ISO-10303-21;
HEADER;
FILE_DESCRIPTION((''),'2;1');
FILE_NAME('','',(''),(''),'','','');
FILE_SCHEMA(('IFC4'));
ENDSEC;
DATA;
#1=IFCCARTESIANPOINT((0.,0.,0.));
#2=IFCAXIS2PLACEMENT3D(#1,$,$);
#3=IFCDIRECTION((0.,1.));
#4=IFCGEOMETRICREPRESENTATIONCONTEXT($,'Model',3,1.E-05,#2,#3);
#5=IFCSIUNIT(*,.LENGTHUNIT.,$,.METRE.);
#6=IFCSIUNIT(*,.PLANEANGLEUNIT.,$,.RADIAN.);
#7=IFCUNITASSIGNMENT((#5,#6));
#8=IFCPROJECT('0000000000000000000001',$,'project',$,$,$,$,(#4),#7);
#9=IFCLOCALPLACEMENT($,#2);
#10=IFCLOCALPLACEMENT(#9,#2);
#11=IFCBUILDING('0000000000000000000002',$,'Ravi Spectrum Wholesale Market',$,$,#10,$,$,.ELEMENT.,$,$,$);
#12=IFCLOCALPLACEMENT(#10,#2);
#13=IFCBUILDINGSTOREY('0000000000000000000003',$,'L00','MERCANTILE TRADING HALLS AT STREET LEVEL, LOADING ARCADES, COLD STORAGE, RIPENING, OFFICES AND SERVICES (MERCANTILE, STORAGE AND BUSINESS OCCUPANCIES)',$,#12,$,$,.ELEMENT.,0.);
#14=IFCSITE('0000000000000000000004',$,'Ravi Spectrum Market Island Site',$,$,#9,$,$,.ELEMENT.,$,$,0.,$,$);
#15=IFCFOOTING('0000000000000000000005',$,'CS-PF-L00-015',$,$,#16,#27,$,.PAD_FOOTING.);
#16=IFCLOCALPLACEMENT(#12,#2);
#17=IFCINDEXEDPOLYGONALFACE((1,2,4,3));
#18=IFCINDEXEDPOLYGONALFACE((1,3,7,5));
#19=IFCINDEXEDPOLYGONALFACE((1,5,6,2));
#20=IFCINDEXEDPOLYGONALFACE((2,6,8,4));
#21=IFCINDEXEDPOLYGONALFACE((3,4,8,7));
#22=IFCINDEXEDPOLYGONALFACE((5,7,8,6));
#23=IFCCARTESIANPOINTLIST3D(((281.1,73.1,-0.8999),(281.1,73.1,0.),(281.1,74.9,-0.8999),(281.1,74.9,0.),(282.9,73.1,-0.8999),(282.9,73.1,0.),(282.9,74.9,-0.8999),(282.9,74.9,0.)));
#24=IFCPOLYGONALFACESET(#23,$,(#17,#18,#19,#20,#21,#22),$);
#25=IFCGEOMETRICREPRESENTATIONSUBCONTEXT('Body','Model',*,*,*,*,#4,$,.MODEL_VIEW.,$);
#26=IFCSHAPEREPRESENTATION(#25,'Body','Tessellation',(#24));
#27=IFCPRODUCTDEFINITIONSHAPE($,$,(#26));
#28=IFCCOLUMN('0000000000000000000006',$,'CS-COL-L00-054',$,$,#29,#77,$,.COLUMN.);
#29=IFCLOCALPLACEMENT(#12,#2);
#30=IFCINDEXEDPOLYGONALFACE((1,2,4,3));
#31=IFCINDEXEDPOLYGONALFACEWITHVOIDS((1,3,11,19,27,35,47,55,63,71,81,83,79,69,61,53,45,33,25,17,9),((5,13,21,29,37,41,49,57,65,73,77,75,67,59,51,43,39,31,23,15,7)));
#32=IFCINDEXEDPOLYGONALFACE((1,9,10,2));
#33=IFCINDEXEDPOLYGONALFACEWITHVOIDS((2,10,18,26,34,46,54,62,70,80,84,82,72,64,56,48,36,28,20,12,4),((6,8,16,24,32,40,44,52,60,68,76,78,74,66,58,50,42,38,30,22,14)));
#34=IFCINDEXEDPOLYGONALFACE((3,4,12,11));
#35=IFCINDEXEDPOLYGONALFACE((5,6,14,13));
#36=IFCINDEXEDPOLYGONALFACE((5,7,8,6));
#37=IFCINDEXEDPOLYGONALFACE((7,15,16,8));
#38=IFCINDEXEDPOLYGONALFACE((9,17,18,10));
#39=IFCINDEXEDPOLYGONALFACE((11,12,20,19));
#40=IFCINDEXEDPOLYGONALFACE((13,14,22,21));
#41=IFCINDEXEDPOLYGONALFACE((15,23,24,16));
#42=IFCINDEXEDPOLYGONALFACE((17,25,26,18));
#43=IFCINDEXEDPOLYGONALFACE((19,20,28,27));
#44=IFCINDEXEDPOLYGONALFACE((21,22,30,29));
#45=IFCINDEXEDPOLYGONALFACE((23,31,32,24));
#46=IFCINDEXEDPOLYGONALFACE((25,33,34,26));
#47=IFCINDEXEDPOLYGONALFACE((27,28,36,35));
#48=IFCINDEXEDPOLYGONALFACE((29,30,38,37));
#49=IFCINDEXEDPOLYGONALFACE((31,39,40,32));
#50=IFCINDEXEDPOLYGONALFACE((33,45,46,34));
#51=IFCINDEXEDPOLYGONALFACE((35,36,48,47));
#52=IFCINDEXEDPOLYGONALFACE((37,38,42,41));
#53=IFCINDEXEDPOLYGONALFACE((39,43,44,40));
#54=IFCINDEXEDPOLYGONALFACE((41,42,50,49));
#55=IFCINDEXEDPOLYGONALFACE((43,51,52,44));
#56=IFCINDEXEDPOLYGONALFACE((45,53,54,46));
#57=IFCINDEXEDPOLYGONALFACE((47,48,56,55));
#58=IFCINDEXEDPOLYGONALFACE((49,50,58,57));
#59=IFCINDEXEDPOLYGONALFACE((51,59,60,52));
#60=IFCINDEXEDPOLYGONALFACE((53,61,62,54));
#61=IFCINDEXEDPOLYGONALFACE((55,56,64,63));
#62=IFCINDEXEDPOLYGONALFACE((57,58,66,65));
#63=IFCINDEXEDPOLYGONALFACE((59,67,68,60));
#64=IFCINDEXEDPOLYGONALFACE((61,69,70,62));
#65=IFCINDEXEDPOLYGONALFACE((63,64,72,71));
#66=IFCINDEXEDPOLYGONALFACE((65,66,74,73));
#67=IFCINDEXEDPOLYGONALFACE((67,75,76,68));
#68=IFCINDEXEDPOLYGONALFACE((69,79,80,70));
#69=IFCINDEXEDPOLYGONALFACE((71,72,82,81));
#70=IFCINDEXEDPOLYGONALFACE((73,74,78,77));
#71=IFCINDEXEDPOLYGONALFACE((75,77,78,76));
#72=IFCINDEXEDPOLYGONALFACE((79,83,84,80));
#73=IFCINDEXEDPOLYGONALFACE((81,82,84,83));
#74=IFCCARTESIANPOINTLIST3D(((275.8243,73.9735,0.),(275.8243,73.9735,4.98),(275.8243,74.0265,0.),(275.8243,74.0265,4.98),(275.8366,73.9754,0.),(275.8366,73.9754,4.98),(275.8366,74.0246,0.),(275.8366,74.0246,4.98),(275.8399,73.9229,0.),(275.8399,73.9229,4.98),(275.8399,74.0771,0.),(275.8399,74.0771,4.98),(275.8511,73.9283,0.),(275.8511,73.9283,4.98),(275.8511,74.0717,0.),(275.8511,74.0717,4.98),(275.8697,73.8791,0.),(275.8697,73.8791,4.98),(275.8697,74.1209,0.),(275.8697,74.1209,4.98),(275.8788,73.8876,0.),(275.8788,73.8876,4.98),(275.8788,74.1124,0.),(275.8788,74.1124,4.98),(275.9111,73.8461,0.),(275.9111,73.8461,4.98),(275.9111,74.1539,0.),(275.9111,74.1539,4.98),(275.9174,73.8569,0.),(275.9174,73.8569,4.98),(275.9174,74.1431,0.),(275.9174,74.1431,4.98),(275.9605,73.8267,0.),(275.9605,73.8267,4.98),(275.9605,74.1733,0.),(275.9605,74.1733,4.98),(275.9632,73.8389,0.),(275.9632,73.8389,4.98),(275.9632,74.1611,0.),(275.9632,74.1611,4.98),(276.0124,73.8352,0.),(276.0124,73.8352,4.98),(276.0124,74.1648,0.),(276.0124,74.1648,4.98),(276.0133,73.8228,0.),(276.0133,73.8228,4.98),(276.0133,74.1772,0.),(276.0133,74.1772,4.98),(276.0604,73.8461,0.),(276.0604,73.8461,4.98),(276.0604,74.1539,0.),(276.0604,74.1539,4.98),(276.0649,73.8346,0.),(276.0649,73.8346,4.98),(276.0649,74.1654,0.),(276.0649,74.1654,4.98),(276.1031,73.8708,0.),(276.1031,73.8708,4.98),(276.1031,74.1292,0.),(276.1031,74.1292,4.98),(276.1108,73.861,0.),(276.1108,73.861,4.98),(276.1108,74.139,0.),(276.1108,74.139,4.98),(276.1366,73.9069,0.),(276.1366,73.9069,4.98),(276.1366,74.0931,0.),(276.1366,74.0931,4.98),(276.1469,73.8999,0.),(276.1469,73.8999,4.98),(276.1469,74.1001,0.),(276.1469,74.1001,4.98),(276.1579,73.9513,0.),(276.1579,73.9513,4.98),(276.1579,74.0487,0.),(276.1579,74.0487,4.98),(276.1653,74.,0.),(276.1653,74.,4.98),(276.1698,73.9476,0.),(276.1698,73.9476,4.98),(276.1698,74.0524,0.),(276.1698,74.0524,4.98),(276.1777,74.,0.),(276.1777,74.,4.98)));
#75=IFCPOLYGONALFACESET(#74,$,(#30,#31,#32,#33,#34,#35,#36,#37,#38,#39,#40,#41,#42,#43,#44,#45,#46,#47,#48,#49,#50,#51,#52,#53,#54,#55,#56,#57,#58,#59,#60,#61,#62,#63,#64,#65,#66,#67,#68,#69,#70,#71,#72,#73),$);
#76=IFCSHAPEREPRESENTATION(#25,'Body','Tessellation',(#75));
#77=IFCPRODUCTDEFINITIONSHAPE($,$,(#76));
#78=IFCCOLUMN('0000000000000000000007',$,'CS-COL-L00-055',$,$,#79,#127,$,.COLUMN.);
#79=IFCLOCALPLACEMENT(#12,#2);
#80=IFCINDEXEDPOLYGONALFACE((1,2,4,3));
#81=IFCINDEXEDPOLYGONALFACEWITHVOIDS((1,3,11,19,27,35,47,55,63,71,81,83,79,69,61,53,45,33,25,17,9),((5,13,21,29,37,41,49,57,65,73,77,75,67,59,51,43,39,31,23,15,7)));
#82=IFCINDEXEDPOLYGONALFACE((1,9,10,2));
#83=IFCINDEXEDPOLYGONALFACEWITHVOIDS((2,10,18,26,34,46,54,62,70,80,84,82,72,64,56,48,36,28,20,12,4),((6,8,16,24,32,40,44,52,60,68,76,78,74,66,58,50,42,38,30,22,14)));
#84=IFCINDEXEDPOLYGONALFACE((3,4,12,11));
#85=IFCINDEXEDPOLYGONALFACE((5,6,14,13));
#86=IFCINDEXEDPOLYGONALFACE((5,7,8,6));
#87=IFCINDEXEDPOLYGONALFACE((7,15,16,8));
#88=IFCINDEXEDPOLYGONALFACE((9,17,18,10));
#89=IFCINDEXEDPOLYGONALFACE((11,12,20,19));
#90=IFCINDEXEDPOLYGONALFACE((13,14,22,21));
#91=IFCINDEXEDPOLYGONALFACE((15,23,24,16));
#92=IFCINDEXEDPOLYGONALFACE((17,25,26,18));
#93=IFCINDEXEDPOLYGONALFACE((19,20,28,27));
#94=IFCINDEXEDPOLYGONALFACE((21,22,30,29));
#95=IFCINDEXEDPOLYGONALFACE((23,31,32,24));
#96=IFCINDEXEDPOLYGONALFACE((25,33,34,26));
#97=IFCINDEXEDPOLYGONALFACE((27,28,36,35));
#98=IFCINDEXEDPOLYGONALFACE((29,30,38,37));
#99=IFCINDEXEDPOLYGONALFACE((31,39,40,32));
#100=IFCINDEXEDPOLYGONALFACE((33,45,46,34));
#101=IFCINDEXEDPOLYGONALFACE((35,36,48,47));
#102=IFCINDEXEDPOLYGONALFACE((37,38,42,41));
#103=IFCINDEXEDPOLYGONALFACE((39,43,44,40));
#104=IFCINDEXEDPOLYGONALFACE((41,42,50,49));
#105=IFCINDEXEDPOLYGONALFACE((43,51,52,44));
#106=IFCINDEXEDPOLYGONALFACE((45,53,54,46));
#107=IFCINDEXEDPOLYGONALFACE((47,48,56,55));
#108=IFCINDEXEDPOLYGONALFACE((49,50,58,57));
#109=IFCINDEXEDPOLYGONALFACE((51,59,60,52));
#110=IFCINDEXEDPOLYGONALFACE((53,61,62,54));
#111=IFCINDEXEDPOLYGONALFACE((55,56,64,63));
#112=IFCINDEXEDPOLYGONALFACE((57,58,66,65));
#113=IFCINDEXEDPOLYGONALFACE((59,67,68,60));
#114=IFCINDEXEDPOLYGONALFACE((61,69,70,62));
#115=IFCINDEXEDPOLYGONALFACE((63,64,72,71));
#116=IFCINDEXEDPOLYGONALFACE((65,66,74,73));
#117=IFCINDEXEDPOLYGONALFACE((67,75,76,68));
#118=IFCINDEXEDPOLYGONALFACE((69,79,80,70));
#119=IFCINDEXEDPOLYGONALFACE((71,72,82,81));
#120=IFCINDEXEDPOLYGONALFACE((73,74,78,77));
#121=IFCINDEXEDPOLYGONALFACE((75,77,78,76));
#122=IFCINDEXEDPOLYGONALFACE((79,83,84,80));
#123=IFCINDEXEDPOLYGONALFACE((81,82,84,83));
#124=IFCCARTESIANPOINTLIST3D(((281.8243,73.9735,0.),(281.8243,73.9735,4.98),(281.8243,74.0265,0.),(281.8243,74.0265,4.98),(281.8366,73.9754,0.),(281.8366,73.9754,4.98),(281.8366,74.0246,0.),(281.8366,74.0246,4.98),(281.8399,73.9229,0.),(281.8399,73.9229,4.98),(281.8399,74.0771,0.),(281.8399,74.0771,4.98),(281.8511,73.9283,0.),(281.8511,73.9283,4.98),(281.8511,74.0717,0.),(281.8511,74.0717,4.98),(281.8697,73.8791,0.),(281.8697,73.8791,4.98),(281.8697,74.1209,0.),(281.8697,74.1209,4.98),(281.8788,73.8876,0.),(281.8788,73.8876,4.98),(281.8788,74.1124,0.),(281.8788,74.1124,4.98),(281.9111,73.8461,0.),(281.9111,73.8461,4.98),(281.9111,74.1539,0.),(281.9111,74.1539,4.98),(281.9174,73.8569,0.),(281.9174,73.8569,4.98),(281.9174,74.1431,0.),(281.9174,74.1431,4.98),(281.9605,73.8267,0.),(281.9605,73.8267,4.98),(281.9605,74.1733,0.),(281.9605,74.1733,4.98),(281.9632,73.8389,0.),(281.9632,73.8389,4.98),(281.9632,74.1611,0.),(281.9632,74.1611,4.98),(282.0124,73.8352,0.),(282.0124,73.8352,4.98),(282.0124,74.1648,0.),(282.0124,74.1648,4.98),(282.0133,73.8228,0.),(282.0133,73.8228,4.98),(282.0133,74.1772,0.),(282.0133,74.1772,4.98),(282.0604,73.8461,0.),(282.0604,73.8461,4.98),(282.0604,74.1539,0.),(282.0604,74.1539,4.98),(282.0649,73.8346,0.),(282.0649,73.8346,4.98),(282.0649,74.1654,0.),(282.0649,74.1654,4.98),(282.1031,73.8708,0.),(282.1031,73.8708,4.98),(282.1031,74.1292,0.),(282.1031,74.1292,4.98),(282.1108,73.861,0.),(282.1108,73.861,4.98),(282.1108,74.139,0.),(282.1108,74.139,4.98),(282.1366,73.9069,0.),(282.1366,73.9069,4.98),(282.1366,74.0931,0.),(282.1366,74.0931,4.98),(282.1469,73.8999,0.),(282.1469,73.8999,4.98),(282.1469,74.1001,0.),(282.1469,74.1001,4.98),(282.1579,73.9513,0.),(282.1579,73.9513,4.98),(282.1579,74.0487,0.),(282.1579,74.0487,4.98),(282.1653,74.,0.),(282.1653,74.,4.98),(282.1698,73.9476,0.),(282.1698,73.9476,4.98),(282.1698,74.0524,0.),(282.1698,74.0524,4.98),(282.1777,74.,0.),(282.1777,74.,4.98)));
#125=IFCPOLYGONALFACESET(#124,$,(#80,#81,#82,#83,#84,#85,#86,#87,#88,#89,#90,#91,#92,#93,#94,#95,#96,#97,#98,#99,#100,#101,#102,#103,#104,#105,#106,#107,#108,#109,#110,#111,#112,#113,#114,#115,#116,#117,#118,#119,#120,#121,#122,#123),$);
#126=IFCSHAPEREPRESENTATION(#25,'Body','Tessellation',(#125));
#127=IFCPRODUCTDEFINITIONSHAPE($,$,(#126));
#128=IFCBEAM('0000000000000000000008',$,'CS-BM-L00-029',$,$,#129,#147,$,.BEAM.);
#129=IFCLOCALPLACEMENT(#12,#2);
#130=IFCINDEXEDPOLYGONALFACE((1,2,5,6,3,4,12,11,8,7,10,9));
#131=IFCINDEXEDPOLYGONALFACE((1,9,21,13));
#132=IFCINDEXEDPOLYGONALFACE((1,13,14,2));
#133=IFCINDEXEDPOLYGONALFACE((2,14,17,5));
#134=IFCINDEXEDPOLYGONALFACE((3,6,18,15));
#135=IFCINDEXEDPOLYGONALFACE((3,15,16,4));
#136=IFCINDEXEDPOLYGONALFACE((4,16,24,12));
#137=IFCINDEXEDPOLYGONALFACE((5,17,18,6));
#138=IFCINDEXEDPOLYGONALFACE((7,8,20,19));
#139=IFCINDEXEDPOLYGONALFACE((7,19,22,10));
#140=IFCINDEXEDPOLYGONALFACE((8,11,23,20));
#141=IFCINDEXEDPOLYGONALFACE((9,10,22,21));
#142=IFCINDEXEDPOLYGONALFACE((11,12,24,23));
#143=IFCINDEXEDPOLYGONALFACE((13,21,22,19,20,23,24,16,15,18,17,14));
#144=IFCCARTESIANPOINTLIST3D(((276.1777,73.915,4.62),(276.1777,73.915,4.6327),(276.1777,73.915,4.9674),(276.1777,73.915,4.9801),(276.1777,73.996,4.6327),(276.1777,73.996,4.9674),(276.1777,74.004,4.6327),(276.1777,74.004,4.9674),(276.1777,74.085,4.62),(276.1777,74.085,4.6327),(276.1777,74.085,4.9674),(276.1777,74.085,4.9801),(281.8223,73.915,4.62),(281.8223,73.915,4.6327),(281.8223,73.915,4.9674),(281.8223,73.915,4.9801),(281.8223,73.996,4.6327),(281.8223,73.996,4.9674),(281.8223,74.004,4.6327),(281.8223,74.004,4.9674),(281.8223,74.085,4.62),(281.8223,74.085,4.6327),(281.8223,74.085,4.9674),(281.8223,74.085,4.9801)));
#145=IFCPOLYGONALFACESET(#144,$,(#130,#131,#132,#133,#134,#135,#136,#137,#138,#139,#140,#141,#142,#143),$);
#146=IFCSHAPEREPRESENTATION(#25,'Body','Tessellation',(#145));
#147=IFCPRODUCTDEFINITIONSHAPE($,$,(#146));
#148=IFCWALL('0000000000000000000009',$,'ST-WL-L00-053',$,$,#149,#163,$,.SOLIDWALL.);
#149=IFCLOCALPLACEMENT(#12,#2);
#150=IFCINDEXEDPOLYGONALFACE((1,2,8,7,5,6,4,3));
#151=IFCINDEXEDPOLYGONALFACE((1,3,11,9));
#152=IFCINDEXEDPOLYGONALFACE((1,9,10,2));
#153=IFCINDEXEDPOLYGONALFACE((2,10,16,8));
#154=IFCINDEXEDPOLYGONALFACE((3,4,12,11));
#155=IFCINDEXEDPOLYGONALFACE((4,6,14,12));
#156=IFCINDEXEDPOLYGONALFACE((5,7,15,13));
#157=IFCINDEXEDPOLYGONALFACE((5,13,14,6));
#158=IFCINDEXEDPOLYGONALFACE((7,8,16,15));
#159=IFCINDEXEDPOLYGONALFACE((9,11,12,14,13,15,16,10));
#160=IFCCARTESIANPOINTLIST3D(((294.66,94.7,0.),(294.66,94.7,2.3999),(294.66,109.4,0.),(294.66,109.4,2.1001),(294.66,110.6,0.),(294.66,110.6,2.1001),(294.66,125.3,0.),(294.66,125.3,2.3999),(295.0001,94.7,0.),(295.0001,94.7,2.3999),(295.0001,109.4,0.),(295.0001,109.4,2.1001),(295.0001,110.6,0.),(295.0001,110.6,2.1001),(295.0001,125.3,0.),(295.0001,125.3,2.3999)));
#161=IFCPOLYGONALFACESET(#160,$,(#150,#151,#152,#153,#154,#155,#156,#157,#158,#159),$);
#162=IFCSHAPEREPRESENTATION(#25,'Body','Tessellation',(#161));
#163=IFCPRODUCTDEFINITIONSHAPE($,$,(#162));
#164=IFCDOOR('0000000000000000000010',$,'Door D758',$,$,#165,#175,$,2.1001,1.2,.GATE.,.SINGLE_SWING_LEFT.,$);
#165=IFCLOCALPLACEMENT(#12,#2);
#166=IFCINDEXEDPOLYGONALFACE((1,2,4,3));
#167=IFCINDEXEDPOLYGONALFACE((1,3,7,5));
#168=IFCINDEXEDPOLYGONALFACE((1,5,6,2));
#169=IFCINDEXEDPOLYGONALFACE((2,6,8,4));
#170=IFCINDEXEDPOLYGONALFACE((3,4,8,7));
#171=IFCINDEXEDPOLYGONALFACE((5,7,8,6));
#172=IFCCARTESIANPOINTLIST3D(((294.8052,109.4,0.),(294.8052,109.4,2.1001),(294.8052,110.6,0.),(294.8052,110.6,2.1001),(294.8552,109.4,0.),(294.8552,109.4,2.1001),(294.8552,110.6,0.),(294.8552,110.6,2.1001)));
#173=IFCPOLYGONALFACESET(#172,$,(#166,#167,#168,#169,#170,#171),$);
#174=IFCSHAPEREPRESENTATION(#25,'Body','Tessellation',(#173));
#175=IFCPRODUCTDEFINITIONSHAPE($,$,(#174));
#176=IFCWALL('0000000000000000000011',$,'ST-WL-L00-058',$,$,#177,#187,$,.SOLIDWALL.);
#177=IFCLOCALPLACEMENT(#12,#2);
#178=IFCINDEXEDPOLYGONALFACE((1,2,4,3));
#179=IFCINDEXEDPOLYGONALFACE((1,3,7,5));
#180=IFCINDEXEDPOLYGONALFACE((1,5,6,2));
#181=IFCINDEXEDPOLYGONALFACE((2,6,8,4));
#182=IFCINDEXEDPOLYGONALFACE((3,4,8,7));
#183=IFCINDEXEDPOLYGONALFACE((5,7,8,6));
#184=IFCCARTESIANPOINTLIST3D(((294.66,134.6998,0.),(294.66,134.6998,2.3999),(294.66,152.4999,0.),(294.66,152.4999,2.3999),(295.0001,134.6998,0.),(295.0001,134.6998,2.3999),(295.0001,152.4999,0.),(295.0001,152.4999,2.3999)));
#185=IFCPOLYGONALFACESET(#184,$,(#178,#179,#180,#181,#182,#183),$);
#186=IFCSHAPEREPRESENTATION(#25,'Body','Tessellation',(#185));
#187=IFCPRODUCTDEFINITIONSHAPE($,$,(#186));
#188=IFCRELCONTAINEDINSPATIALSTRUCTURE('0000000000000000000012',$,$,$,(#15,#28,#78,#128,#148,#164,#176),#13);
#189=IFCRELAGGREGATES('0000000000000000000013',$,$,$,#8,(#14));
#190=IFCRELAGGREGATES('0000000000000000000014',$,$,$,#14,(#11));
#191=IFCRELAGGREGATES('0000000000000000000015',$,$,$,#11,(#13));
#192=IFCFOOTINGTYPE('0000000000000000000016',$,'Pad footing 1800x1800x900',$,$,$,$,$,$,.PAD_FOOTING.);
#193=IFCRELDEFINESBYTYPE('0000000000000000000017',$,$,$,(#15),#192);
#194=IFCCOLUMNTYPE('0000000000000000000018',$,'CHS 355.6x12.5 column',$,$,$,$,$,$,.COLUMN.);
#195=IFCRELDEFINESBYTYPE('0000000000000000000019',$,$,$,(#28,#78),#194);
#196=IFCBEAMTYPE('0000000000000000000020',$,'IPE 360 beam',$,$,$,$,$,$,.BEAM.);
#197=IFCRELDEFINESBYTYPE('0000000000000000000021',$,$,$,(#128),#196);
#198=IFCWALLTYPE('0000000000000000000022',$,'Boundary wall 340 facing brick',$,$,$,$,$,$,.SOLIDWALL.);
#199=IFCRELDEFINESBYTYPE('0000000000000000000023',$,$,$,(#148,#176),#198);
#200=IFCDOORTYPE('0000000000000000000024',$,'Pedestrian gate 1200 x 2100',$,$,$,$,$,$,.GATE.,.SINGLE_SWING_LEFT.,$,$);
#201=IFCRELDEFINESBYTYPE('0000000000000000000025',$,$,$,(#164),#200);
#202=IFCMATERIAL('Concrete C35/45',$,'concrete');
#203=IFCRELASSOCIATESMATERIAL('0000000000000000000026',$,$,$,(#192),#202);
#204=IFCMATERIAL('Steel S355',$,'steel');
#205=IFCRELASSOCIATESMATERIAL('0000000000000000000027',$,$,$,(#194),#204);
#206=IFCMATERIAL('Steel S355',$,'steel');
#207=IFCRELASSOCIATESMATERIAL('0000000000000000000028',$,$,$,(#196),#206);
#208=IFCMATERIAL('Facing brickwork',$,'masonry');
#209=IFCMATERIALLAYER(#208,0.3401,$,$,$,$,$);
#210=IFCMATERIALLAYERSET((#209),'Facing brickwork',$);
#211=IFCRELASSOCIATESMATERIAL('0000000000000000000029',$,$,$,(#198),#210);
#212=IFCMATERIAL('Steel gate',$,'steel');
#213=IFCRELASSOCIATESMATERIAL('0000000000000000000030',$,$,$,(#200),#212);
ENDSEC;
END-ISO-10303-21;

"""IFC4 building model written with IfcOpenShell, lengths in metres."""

from ifc_helpers import new_model, si_unit, direction, frame, frame_2d, origin, origin_2d, place, context, subcontext, project, spatial, rectangle, hollow_circle, i_section, extrude, material, layer, layer_set, material_profile, profile_set, type_object, element, fill, save


model = new_model("IFC4")

# Units and contexts
model_context = context("Model", 3, precision=1e-05, world=origin(), true_north=direction((0.0, 1.0)))
body_context = subcontext(model_context, "Body", "Model", "MODEL_VIEW")
ifc_project = project(units=[si_unit("LENGTHUNIT", "METRE"), si_unit("PLANEANGLEUNIT", "RADIAN")], contexts=[model_context])

# Site, building, storey
site_placement = place(None, origin())
site = spatial("IfcSite", under=ifc_project, at=site_placement, Name="Ravi Spectrum Market Island Site", CompositionType="ELEMENT", RefElevation=0.0)
building_placement = place(site_placement, origin())
building = spatial("IfcBuilding", under=site, at=building_placement, Name="Ravi Spectrum Wholesale Market", CompositionType="ELEMENT")
storey_placement = place(building_placement, origin())
storey = spatial("IfcBuildingStorey", under=building, at=storey_placement, Name="L00", Description="MERCANTILE TRADING HALLS AT STREET LEVEL, LOADING ARCADES, COLD STORAGE, RIPENING, OFFICES AND SERVICES (MERCANTILE, STORAGE AND BUSINESS OCCUPANCIES)", CompositionType="ELEMENT", Elevation=0.0)

# Footing
ifc_material_1 = material(Name="Concrete C35/45", Category="concrete")
footing_type = type_object("IfcFootingType", Name="Pad footing 1800x1800x900", PredefinedType="PAD_FOOTING", material=ifc_material_1)
footing_placement = place(storey_placement, frame((282.0, 74.0, -0.8999), z_axis=(0.0, 0.0, 1.0), x_axis=(1.0, 0.0, 0.0)))
element("IfcFooting", 1, at=footing_placement, inside=storey, type_object=footing_type, Name="CS-PF-L00-015", PredefinedType="PAD_FOOTING", context=body_context, shape_type="SweptSolid", body=[
    extrude(rectangle(XDim=1.8, YDim=1.8, at=origin_2d()), origin(), (0.0, 0.0, 1.0), 0.8999),
])

# Columns
ifc_material_2 = material(Name="Steel S355", Category="steel")
ifc_material_profile_1 = material_profile(ifc_material_2, hollow_circle(Radius=0.1777, WallThickness=0.0125, at=origin_2d()))
ifc_profile_set_1 = profile_set([ifc_material_profile_1], Name="Steel S355")
column_type = type_object("IfcColumnType", Name="CHS 355.6x12.5 column", PredefinedType="COLUMN", material=ifc_profile_set_1)
for number, where, z_axis, x_axis, name in (
    (2, (276.0, 74.0, 0.0), (0.0, 0.0, 1.0), (1.0, 0.0, 0.0), "CS-COL-L00-054"),
    (3, (282.0, 74.0, 0.0), (0.0, 0.0, 1.0), (1.0, 0.0, 0.0), "CS-COL-L00-055"),
):
    element("IfcColumn", number, at=place(storey_placement, frame(where, z_axis=z_axis, x_axis=x_axis)), inside=storey, type_object=column_type, Name=name, PredefinedType="COLUMN", context=body_context, shape_type="SweptSolid", body=[
        extrude(hollow_circle(Radius=0.1777, WallThickness=0.0125, at=origin_2d()), origin(), (0.0, 0.0, 1.0), 4.98),
    ])

# Beam
ifc_material_3 = material(Name="Steel S355", Category="steel")
ifc_material_profile_2 = material_profile(ifc_material_3, i_section(OverallWidth=0.1699, OverallDepth=0.3601, WebThickness=0.0081, FlangeThickness=0.0127, at=origin_2d()))
ifc_profile_set_2 = profile_set([ifc_material_profile_2], Name="Steel S355")
beam_type = type_object("IfcBeamType", Name="IPE 360 beam", PredefinedType="BEAM", material=ifc_profile_set_2)
beam_placement = place(storey_placement, frame((276.1777, 74.0, 4.8), z_axis=(1.0, 0.0, 0.0), x_axis=(0.0, 1.0, 0.0)))
element("IfcBeam", 4, at=beam_placement, inside=storey, type_object=beam_type, Name="CS-BM-L00-029", PredefinedType="BEAM", context=body_context, shape_type="SweptSolid", body=[
    extrude(i_section(OverallWidth=0.1699, OverallDepth=0.3601, WebThickness=0.0081, FlangeThickness=0.0127, at=origin_2d()), origin(), (0.0, 0.0, 1.0), 5.6445),
])

# Wall, opening, door
ifc_material_4 = material(Name="Facing brickwork", Category="masonry")
ifc_layer_1 = layer(ifc_material_4, 0.3401)
ifc_layer_set_1 = layer_set([ifc_layer_1], Name="Facing brickwork")
wall_type_1 = type_object("IfcWallType", Name="Boundary wall 340 facing brick", PredefinedType="SOLIDWALL", material=ifc_layer_set_1)
wall_1_placement = place(storey_placement, frame((294.8301, 94.7, 0.0), z_axis=(0.0, 0.0, 1.0), x_axis=(0.0, 1.0, 0.0)))
wall_1 = element("IfcWall", 5, at=wall_1_placement, inside=storey, type_object=wall_type_1, Name="ST-WL-L00-053", PredefinedType="SOLIDWALL", context=body_context, shape_type="SweptSolid", body=[
    extrude(rectangle(XDim=30.6001, YDim=0.3401, at=frame_2d((15.3, 0.0))), origin(), (0.0, 0.0, 1.0), 2.3999),
])
opening_1_placement = place(wall_1_placement, frame((14.7, 0.0, 0.0)))
opening_1 = element("IfcOpeningElement", 6, at=opening_1_placement, cuts=wall_1, PredefinedType="OPENING", context=body_context, shape_type="SweptSolid", body=[
    extrude(rectangle(XDim=1.2, YDim=2.1001, at=frame_2d((0.6001, 1.05))), frame((0.0, 0.1799, 0.0), z_axis=(0.0, -1.0, 0.0), x_axis=(1.0, 0.0, 0.0)), (0.0, 0.0, 1.0), 0.3601),
])
ifc_material_5 = material(Name="Steel gate", Category="steel")
door_type_1 = type_object("IfcDoorType", Name="Pedestrian gate 1200 x 2100", OperationType="SINGLE_SWING_LEFT", PredefinedType="GATE", material=ifc_material_5)
door_1_placement = place(opening_1_placement, origin())
door_1 = element("IfcDoor", 7, at=door_1_placement, inside=storey, type_object=door_type_1, Name="Door D758", OperationType="SINGLE_SWING_LEFT", OverallHeight=2.1001, OverallWidth=1.2, PredefinedType="GATE", context=body_context, shape_type="SweptSolid", body=[
    extrude(rectangle(XDim=1.2, YDim=2.1001, at=frame_2d((0.6001, 1.05))), frame((0.0, 0.0249, 0.0), z_axis=(0.0, -1.0, 0.0), x_axis=(1.0, 0.0, 0.0)), (0.0, 0.0, 1.0), 0.05),
])
fill(opening_1, door_1)

# Wall
wall_2_placement = place(storey_placement, frame((294.8301, 134.7, 0.0), z_axis=(0.0, 0.0, 1.0), x_axis=(0.0, 1.0, 0.0)))
element("IfcWall", 8, at=wall_2_placement, inside=storey, type_object=wall_type_1, Name="ST-WL-L00-058", PredefinedType="SOLIDWALL", context=body_context, shape_type="SweptSolid", body=[
    extrude(rectangle(XDim=17.8, YDim=0.3401, at=frame_2d((8.8999, 0.0))), origin(), (0.0, 0.0, 1.0), 2.3999),
])

save(model, "model.ifc")
